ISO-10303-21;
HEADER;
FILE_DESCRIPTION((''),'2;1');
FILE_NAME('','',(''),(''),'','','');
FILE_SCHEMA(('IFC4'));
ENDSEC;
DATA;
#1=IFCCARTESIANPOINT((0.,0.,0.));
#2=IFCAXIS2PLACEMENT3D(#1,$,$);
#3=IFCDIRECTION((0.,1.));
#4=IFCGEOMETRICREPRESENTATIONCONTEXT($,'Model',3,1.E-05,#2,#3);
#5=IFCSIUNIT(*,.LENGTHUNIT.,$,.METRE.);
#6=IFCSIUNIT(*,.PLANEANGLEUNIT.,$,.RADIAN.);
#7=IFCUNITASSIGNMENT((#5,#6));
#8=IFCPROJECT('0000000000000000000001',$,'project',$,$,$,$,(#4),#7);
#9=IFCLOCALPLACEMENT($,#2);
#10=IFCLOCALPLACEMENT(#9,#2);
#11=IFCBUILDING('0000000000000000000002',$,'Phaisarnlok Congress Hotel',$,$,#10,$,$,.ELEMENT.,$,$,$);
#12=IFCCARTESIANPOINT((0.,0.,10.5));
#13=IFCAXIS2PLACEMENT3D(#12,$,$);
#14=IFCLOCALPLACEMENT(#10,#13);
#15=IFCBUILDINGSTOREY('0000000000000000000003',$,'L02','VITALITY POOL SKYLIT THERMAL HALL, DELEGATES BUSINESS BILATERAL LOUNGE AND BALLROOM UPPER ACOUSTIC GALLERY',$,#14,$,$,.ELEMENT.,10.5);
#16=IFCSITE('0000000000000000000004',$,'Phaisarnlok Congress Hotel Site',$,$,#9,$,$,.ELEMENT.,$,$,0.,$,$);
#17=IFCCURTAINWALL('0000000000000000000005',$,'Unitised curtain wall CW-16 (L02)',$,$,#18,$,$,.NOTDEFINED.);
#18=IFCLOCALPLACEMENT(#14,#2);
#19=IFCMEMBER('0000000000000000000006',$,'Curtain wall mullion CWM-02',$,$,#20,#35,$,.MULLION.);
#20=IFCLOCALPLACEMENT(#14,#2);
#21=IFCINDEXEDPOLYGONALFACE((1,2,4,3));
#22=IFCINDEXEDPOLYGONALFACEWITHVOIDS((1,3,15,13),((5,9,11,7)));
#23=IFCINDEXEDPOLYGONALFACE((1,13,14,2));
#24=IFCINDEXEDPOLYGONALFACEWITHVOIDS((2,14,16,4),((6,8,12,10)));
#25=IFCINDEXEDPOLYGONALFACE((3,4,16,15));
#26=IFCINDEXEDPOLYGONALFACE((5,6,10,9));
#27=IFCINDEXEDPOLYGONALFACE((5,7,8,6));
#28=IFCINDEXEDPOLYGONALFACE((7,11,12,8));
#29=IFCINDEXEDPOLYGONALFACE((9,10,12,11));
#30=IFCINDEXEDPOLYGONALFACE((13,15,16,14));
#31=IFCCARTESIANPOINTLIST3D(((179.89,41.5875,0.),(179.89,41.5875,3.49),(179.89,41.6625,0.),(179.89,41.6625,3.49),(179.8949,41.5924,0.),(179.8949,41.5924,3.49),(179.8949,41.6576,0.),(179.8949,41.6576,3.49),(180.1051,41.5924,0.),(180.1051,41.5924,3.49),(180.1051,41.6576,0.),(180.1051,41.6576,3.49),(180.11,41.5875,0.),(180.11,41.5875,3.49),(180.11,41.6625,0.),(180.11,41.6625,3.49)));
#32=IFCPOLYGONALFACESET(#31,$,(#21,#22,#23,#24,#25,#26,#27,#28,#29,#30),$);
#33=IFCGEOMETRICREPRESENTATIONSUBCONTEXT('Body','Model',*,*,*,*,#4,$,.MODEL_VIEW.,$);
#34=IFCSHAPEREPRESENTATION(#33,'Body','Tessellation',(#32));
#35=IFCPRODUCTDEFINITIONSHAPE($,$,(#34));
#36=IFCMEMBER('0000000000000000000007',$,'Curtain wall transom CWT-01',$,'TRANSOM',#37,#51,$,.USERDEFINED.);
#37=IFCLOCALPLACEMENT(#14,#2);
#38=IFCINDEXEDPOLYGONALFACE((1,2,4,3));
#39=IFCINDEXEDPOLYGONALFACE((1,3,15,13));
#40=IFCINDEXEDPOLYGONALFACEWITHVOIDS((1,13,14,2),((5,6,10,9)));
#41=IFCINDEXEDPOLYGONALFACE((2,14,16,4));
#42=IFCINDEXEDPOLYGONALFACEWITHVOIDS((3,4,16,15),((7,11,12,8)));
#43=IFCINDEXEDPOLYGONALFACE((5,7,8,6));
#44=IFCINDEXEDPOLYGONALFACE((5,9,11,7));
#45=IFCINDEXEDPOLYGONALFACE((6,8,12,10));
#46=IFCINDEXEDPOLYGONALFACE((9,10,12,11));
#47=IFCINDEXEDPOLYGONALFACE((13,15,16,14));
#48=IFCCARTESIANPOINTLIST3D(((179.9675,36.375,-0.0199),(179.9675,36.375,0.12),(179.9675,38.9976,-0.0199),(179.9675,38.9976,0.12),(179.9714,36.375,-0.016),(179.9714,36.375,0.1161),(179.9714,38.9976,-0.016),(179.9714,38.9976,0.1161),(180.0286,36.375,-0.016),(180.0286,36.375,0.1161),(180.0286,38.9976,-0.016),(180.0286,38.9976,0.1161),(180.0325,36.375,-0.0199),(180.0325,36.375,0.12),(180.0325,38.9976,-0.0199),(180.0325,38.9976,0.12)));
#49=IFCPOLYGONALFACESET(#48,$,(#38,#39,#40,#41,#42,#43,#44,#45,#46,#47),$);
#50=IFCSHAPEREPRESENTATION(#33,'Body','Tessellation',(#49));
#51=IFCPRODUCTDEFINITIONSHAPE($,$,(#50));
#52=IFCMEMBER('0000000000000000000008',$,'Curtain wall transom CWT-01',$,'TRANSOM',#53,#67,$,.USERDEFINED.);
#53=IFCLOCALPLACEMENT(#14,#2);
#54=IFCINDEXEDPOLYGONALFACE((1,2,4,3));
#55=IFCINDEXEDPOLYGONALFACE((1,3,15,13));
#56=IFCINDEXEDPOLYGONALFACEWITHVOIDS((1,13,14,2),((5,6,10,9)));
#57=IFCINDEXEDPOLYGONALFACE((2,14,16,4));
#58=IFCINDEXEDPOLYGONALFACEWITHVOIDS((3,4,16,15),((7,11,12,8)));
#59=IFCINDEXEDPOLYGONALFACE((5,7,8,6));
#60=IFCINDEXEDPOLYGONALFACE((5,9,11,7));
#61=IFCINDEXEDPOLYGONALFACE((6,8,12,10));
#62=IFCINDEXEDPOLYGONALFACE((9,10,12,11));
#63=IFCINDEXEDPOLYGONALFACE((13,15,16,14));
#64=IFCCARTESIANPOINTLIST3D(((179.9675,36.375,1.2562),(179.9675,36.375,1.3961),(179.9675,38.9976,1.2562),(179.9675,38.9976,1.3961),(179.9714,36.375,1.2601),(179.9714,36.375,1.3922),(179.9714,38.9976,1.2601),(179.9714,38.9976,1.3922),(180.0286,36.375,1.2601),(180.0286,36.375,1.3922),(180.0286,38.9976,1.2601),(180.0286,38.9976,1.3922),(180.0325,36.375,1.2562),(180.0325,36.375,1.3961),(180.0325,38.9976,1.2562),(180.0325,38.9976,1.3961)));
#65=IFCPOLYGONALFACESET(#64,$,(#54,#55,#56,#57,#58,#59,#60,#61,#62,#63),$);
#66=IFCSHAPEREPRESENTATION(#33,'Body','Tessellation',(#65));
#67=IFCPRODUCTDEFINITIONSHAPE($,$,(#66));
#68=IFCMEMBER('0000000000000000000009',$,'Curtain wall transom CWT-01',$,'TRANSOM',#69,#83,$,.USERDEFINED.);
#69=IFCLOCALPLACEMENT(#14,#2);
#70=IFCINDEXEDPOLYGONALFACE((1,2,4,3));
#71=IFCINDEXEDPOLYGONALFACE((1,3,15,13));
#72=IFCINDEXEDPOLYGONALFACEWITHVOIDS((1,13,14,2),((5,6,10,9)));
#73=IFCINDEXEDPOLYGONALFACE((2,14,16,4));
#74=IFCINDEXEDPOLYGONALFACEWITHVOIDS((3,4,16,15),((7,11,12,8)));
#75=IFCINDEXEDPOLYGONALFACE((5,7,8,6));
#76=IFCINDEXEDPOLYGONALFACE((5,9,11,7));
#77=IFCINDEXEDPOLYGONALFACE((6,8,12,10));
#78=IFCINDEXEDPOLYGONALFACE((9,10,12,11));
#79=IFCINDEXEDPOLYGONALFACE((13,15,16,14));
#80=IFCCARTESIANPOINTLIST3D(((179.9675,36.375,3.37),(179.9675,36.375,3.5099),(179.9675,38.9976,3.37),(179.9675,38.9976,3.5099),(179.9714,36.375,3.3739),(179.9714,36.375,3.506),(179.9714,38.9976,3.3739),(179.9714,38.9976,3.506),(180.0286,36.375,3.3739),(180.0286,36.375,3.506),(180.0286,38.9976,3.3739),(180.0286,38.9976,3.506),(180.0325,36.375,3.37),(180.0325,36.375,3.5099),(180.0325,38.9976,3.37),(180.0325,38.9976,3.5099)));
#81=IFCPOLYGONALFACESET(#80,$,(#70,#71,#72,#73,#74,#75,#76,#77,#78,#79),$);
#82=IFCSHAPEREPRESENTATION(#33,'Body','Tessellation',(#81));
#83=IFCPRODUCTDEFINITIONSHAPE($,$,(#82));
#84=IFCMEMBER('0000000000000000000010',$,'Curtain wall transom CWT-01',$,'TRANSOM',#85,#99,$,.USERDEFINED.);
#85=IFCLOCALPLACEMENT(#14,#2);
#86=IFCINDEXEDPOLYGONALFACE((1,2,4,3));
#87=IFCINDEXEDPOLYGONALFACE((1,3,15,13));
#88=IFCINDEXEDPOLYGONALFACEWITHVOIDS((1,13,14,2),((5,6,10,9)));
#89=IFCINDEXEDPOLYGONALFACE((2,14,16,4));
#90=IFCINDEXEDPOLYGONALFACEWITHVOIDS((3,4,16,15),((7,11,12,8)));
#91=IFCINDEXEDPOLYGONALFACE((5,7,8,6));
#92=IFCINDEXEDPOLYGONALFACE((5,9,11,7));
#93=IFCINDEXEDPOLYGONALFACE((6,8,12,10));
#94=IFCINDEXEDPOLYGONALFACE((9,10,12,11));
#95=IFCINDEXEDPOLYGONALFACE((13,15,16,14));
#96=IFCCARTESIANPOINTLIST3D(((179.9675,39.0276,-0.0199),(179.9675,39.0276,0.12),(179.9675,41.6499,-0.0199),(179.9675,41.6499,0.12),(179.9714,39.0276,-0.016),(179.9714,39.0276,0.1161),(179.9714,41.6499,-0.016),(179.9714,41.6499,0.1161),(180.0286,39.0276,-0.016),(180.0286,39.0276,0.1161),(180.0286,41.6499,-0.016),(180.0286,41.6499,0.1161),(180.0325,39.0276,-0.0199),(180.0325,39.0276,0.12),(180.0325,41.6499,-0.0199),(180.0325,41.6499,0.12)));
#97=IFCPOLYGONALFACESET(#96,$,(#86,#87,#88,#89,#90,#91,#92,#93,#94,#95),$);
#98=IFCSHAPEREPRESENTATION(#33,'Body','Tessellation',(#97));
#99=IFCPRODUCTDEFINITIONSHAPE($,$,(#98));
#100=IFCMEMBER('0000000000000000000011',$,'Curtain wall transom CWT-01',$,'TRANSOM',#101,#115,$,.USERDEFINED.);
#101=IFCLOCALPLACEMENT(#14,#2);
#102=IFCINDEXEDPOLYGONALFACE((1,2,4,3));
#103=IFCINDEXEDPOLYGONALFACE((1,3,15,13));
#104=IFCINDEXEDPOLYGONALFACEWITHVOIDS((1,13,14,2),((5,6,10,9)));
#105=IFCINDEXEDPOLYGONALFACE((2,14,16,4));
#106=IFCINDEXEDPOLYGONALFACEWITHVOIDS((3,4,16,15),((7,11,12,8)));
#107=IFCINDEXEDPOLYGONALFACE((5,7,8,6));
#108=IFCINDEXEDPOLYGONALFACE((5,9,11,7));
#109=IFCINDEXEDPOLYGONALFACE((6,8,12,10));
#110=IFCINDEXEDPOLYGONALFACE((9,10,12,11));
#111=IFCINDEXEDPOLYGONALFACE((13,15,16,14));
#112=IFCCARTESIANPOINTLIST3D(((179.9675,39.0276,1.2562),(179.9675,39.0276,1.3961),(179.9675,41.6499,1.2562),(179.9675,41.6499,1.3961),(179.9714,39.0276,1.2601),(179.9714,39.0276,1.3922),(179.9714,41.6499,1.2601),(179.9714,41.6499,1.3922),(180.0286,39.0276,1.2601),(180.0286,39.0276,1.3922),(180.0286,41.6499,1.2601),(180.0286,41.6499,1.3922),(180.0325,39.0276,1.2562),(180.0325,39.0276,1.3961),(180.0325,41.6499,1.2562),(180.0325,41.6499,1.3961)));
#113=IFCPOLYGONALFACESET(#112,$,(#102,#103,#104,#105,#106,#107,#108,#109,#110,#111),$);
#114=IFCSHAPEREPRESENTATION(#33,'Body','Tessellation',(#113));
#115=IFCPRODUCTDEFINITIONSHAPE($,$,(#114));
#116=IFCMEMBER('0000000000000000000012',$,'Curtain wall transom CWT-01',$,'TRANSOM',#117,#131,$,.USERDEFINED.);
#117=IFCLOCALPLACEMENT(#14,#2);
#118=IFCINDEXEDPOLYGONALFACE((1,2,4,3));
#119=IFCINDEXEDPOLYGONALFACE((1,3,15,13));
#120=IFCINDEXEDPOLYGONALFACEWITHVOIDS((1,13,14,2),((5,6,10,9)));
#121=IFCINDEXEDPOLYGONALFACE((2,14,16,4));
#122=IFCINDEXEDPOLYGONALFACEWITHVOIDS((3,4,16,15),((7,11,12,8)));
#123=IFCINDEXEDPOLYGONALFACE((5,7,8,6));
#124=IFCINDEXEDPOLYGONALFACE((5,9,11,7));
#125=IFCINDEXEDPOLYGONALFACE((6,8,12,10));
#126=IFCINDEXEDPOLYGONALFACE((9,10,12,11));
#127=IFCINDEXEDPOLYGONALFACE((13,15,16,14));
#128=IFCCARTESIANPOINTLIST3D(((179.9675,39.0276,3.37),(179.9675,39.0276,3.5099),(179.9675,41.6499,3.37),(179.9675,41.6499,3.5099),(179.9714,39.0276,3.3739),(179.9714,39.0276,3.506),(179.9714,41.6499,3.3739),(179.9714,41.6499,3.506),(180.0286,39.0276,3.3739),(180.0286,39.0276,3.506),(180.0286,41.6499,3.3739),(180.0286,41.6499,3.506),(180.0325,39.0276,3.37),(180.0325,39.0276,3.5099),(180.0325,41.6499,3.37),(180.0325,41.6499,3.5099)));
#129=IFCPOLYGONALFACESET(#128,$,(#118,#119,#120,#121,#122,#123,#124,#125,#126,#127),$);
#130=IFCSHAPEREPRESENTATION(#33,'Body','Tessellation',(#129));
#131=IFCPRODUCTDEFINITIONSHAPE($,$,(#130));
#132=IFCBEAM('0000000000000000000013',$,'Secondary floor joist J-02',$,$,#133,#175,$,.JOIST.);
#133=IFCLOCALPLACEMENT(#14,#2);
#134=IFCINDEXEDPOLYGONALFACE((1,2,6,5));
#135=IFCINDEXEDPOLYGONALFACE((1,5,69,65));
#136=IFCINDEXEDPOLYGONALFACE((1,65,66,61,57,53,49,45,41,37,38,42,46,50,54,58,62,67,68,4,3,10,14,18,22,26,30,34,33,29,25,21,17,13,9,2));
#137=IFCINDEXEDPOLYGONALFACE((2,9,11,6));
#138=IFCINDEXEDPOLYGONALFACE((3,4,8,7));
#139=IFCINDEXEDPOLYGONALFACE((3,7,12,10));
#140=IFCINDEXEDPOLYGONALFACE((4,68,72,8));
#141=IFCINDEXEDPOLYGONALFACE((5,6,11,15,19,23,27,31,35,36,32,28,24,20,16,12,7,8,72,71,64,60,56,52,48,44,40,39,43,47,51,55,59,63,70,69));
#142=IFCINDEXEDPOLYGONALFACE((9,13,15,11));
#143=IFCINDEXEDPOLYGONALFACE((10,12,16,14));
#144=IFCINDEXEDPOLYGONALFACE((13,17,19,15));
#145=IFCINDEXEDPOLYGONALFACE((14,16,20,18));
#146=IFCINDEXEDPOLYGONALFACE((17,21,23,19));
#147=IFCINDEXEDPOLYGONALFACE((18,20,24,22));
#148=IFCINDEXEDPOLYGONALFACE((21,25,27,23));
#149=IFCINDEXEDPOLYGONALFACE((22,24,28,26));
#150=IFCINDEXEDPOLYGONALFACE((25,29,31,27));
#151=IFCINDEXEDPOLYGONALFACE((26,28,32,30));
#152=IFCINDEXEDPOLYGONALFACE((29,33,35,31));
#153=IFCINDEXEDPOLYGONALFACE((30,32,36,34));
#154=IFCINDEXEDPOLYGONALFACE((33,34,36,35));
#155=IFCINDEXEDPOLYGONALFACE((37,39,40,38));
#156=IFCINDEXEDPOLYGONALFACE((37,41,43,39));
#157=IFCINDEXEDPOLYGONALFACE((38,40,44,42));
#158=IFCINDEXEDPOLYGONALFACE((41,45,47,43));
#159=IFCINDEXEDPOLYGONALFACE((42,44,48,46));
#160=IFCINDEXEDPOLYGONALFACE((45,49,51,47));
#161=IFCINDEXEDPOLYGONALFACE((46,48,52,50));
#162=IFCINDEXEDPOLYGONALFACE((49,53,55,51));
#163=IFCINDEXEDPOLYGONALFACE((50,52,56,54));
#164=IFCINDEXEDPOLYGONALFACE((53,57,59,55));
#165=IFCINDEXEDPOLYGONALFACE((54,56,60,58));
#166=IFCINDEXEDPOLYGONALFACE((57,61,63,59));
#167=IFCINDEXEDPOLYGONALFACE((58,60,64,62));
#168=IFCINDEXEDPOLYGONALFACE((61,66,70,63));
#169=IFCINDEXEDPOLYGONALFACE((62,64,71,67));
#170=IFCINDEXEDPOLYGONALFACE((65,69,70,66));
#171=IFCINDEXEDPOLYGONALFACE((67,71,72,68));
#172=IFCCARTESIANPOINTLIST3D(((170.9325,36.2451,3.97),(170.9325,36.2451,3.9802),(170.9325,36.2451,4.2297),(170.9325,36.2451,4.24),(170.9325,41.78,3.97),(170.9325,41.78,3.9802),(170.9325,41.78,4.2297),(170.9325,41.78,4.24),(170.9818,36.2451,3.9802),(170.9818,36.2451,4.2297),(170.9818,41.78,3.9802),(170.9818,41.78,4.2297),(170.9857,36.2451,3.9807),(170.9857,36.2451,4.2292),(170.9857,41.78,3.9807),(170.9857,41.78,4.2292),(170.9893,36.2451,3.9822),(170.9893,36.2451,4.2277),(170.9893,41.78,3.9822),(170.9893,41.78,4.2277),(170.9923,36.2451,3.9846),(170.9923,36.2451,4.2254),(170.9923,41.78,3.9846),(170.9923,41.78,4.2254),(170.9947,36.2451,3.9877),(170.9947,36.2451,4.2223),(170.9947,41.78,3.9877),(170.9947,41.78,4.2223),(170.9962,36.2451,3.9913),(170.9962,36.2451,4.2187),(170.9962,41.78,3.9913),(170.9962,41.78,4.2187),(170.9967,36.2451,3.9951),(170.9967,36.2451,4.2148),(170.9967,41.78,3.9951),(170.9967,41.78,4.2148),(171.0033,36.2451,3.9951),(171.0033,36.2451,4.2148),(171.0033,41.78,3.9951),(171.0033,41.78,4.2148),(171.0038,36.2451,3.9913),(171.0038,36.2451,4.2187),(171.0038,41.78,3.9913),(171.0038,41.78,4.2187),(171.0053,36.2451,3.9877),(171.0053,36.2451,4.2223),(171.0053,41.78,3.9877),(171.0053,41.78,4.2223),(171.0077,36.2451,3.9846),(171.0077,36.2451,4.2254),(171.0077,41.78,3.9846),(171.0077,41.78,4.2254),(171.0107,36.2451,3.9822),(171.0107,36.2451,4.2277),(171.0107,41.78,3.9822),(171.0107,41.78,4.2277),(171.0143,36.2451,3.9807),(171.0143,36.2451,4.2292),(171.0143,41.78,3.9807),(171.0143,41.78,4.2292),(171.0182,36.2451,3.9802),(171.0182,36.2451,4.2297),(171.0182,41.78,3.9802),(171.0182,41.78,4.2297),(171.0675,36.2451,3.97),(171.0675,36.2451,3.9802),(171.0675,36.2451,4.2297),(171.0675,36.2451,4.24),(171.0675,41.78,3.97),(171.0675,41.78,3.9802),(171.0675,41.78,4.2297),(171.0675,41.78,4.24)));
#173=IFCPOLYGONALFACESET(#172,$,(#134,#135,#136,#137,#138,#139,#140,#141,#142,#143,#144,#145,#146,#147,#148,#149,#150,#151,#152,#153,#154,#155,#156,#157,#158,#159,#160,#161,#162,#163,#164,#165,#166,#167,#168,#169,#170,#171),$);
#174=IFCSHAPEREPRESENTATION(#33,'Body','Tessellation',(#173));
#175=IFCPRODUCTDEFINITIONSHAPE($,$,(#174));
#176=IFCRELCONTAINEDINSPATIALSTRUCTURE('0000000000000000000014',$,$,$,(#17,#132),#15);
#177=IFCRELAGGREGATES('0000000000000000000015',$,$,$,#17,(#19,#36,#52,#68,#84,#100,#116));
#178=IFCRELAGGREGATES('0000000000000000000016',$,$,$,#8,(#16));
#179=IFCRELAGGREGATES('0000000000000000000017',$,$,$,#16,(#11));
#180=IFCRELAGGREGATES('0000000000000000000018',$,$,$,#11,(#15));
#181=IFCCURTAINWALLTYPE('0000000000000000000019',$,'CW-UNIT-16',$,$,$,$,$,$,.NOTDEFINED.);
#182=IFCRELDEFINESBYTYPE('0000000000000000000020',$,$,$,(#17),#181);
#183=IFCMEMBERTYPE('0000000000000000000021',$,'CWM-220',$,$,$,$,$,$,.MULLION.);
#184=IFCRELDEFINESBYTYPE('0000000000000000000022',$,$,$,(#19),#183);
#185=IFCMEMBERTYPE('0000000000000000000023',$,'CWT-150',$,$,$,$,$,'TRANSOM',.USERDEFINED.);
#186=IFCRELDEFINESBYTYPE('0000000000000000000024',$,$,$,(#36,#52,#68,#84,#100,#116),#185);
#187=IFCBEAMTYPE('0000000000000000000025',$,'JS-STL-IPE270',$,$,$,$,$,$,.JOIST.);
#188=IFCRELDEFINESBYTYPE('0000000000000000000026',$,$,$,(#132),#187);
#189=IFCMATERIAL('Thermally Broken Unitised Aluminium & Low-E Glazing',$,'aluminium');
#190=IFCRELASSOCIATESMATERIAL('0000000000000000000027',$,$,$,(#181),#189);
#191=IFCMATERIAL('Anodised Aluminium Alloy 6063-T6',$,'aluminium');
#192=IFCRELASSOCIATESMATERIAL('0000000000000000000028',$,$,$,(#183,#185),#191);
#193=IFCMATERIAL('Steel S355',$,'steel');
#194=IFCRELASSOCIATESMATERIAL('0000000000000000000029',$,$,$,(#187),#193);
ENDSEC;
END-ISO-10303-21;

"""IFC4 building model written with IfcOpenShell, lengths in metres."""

from ifc_helpers import new_model, si_unit, direction, frame, origin, origin_2d, place, context, subcontext, project, spatial, hollow_rectangle, i_section, extrude, material, material_profile, profile_set, type_object, element, aggregate, save


model = new_model("IFC4")

# Units and contexts
model_context = context("Model", 3, precision=1e-05, world=origin(), true_north=direction((0.0, 1.0)))
body_context = subcontext(model_context, "Body", "Model", "MODEL_VIEW")
ifc_project = project(units=[si_unit("LENGTHUNIT", "METRE"), si_unit("PLANEANGLEUNIT", "RADIAN")], contexts=[model_context])

# Site, building, storey
site_placement = place(None, origin())
site = spatial("IfcSite", under=ifc_project, at=site_placement, Name="Phaisarnlok Congress Hotel Site", CompositionType="ELEMENT", RefElevation=0.0)
building_placement = place(site_placement, origin())
building = spatial("IfcBuilding", under=site, at=building_placement, Name="Phaisarnlok Congress Hotel", CompositionType="ELEMENT")
storey_placement = place(building_placement, frame((0.0, 0.0, 10.5)))
storey = spatial("IfcBuildingStorey", under=building, at=storey_placement, Name="L02", Description="VITALITY POOL SKYLIT THERMAL HALL, DELEGATES BUSINESS BILATERAL LOUNGE AND BALLROOM UPPER ACOUSTIC GALLERY", CompositionType="ELEMENT", Elevation=10.5)

# Shared definitions
ifc_material_1 = material(Name="Steel S355", Category="steel")

# Curtain wall, members
ifc_material_2 = material(Name="Thermally Broken Unitised Aluminium & Low-E Glazing", Category="aluminium")
curtain_wall_type = type_object("IfcCurtainWallType", Name="CW-UNIT-16", PredefinedType="NOTDEFINED", material=ifc_material_2)
curtain_wall_placement = place(storey_placement, origin())
curtain_wall = element("IfcCurtainWall", 1, at=curtain_wall_placement, inside=storey, type_object=curtain_wall_type, Name="Unitised curtain wall CW-16 (L02)", PredefinedType="NOTDEFINED")
ifc_material_3 = material(Name="Anodised Aluminium Alloy 6063-T6", Category="aluminium")
ifc_material_profile_1 = material_profile(ifc_material_3, hollow_rectangle(XDim=0.075, YDim=0.22, WallThickness=0.0049, at=origin_2d()), Name="ALU-M 75x220x5")
ifc_profile_set_1 = profile_set([ifc_material_profile_1], Name="Anodised Aluminium Alloy 6063-T6")
member_type_1 = type_object("IfcMemberType", Name="CWM-220", PredefinedType="MULLION", material=ifc_profile_set_1)
member_1_placement = place(storey_placement, frame((180.0, 41.625, 0.0), z_axis=(0.0, 0.0, 1.0), x_axis=(0.0, 1.0, 0.0)))
member_1 = element("IfcMember", 2, at=member_1_placement, type_object=member_type_1, Name="Curtain wall mullion CWM-02", PredefinedType="MULLION", context=body_context, shape_type="SweptSolid", body=[
    extrude(hollow_rectangle(XDim=0.075, YDim=0.22, WallThickness=0.0049, at=origin_2d()), origin(), (0.0, 0.0, 1.0), 3.49),
])
ifc_material_profile_2 = material_profile(ifc_material_3, hollow_rectangle(XDim=0.0649, YDim=0.1399, WallThickness=0.0039, at=origin_2d()), Name="ALU-T 65x140x4")
ifc_profile_set_2 = profile_set([ifc_material_profile_2], Name="Anodised Aluminium Alloy 6063-T6")
member_type_2 = type_object("IfcMemberType", Name="CWT-150", ElementType="TRANSOM", PredefinedType="USERDEFINED", material=ifc_profile_set_2)
member_2_placement = place(storey_placement, frame((180.0, 36.375, 0.05), z_axis=(0.0, 1.0, 0.0), x_axis=(-1.0, 0.0, 0.0)))
member_2 = element("IfcMember", 3, at=member_2_placement, type_object=member_type_2, Name="Curtain wall transom CWT-01", ObjectType="TRANSOM", PredefinedType="USERDEFINED", context=body_context, shape_type="SweptSolid", body=[
    extrude(hollow_rectangle(XDim=0.0649, YDim=0.1399, WallThickness=0.0039, at=origin_2d()), origin(), (0.0, 0.0, 1.0), 2.6226),
])
member_3_placement = place(storey_placement, frame((180.0, 36.375, 1.3262), z_axis=(0.0, 1.0, 0.0), x_axis=(-1.0, 0.0, 0.0)))
member_3 = element("IfcMember", 4, at=member_3_placement, type_object=member_type_2, Name="Curtain wall transom CWT-01", ObjectType="TRANSOM", PredefinedType="USERDEFINED", context=body_context, shape_type="SweptSolid", body=[
    extrude(hollow_rectangle(XDim=0.0649, YDim=0.1399, WallThickness=0.0039, at=origin_2d()), origin(), (0.0, 0.0, 1.0), 2.6226),
])
member_4_placement = place(storey_placement, frame((180.0, 36.375, 3.4399), z_axis=(0.0, 1.0, 0.0), x_axis=(-1.0, 0.0, 0.0)))
member_4 = element("IfcMember", 5, at=member_4_placement, type_object=member_type_2, Name="Curtain wall transom CWT-01", ObjectType="TRANSOM", PredefinedType="USERDEFINED", context=body_context, shape_type="SweptSolid", body=[
    extrude(hollow_rectangle(XDim=0.0649, YDim=0.1399, WallThickness=0.0039, at=origin_2d()), origin(), (0.0, 0.0, 1.0), 2.6226),
])
member_5_placement = place(storey_placement, frame((180.0, 39.0276, 0.05), z_axis=(0.0, 1.0, 0.0), x_axis=(-1.0, 0.0, 0.0)))
member_5 = element("IfcMember", 6, at=member_5_placement, type_object=member_type_2, Name="Curtain wall transom CWT-01", ObjectType="TRANSOM", PredefinedType="USERDEFINED", context=body_context, shape_type="SweptSolid", body=[
    extrude(hollow_rectangle(XDim=0.0649, YDim=0.1399, WallThickness=0.0039, at=origin_2d()), origin(), (0.0, 0.0, 1.0), 2.6223),
])
member_6_placement = place(storey_placement, frame((180.0, 39.0276, 1.3262), z_axis=(0.0, 1.0, 0.0), x_axis=(-1.0, 0.0, 0.0)))
member_6 = element("IfcMember", 7, at=member_6_placement, type_object=member_type_2, Name="Curtain wall transom CWT-01", ObjectType="TRANSOM", PredefinedType="USERDEFINED", context=body_context, shape_type="SweptSolid", body=[
    extrude(hollow_rectangle(XDim=0.0649, YDim=0.1399, WallThickness=0.0039, at=origin_2d()), origin(), (0.0, 0.0, 1.0), 2.6223),
])
member_7_placement = place(storey_placement, frame((180.0, 39.0276, 3.4399), z_axis=(0.0, 1.0, 0.0), x_axis=(-1.0, 0.0, 0.0)))
member_7 = element("IfcMember", 8, at=member_7_placement, type_object=member_type_2, Name="Curtain wall transom CWT-01", ObjectType="TRANSOM", PredefinedType="USERDEFINED", context=body_context, shape_type="SweptSolid", body=[
    extrude(hollow_rectangle(XDim=0.0649, YDim=0.1399, WallThickness=0.0039, at=origin_2d()), origin(), (0.0, 0.0, 1.0), 2.6223),
])

# Beam
ifc_material_profile_3 = material_profile(ifc_material_1, i_section(OverallWidth=0.135, OverallDepth=0.27, WebThickness=0.0066, FlangeThickness=0.0103, FilletRadius=0.0149, at=origin_2d()), Name="IPE 270")
ifc_profile_set_3 = profile_set([ifc_material_profile_3], Name="Steel S355")
beam_type_1 = type_object("IfcBeamType", Name="JS-STL-IPE270", PredefinedType="JOIST", material=ifc_profile_set_3)
beam_1_placement = place(storey_placement, frame((171.0, 36.2451, 4.105), z_axis=(0.0, 1.0, 0.0), x_axis=(-1.0, 0.0, 0.0)))
element("IfcBeam", 9, at=beam_1_placement, inside=storey, type_object=beam_type_1, Name="Secondary floor joist J-02", PredefinedType="JOIST", context=body_context, shape_type="SweptSolid", body=[
    extrude(i_section(OverallWidth=0.135, OverallDepth=0.27, WebThickness=0.0066, FlangeThickness=0.0103, FilletRadius=0.0149, at=origin_2d()), origin(), (0.0, 0.0, 1.0), 5.5349),
])

aggregate(curtain_wall, [member_1, member_2, member_3, member_4, member_5, member_6, member_7])

save(model, "model.ifc")
